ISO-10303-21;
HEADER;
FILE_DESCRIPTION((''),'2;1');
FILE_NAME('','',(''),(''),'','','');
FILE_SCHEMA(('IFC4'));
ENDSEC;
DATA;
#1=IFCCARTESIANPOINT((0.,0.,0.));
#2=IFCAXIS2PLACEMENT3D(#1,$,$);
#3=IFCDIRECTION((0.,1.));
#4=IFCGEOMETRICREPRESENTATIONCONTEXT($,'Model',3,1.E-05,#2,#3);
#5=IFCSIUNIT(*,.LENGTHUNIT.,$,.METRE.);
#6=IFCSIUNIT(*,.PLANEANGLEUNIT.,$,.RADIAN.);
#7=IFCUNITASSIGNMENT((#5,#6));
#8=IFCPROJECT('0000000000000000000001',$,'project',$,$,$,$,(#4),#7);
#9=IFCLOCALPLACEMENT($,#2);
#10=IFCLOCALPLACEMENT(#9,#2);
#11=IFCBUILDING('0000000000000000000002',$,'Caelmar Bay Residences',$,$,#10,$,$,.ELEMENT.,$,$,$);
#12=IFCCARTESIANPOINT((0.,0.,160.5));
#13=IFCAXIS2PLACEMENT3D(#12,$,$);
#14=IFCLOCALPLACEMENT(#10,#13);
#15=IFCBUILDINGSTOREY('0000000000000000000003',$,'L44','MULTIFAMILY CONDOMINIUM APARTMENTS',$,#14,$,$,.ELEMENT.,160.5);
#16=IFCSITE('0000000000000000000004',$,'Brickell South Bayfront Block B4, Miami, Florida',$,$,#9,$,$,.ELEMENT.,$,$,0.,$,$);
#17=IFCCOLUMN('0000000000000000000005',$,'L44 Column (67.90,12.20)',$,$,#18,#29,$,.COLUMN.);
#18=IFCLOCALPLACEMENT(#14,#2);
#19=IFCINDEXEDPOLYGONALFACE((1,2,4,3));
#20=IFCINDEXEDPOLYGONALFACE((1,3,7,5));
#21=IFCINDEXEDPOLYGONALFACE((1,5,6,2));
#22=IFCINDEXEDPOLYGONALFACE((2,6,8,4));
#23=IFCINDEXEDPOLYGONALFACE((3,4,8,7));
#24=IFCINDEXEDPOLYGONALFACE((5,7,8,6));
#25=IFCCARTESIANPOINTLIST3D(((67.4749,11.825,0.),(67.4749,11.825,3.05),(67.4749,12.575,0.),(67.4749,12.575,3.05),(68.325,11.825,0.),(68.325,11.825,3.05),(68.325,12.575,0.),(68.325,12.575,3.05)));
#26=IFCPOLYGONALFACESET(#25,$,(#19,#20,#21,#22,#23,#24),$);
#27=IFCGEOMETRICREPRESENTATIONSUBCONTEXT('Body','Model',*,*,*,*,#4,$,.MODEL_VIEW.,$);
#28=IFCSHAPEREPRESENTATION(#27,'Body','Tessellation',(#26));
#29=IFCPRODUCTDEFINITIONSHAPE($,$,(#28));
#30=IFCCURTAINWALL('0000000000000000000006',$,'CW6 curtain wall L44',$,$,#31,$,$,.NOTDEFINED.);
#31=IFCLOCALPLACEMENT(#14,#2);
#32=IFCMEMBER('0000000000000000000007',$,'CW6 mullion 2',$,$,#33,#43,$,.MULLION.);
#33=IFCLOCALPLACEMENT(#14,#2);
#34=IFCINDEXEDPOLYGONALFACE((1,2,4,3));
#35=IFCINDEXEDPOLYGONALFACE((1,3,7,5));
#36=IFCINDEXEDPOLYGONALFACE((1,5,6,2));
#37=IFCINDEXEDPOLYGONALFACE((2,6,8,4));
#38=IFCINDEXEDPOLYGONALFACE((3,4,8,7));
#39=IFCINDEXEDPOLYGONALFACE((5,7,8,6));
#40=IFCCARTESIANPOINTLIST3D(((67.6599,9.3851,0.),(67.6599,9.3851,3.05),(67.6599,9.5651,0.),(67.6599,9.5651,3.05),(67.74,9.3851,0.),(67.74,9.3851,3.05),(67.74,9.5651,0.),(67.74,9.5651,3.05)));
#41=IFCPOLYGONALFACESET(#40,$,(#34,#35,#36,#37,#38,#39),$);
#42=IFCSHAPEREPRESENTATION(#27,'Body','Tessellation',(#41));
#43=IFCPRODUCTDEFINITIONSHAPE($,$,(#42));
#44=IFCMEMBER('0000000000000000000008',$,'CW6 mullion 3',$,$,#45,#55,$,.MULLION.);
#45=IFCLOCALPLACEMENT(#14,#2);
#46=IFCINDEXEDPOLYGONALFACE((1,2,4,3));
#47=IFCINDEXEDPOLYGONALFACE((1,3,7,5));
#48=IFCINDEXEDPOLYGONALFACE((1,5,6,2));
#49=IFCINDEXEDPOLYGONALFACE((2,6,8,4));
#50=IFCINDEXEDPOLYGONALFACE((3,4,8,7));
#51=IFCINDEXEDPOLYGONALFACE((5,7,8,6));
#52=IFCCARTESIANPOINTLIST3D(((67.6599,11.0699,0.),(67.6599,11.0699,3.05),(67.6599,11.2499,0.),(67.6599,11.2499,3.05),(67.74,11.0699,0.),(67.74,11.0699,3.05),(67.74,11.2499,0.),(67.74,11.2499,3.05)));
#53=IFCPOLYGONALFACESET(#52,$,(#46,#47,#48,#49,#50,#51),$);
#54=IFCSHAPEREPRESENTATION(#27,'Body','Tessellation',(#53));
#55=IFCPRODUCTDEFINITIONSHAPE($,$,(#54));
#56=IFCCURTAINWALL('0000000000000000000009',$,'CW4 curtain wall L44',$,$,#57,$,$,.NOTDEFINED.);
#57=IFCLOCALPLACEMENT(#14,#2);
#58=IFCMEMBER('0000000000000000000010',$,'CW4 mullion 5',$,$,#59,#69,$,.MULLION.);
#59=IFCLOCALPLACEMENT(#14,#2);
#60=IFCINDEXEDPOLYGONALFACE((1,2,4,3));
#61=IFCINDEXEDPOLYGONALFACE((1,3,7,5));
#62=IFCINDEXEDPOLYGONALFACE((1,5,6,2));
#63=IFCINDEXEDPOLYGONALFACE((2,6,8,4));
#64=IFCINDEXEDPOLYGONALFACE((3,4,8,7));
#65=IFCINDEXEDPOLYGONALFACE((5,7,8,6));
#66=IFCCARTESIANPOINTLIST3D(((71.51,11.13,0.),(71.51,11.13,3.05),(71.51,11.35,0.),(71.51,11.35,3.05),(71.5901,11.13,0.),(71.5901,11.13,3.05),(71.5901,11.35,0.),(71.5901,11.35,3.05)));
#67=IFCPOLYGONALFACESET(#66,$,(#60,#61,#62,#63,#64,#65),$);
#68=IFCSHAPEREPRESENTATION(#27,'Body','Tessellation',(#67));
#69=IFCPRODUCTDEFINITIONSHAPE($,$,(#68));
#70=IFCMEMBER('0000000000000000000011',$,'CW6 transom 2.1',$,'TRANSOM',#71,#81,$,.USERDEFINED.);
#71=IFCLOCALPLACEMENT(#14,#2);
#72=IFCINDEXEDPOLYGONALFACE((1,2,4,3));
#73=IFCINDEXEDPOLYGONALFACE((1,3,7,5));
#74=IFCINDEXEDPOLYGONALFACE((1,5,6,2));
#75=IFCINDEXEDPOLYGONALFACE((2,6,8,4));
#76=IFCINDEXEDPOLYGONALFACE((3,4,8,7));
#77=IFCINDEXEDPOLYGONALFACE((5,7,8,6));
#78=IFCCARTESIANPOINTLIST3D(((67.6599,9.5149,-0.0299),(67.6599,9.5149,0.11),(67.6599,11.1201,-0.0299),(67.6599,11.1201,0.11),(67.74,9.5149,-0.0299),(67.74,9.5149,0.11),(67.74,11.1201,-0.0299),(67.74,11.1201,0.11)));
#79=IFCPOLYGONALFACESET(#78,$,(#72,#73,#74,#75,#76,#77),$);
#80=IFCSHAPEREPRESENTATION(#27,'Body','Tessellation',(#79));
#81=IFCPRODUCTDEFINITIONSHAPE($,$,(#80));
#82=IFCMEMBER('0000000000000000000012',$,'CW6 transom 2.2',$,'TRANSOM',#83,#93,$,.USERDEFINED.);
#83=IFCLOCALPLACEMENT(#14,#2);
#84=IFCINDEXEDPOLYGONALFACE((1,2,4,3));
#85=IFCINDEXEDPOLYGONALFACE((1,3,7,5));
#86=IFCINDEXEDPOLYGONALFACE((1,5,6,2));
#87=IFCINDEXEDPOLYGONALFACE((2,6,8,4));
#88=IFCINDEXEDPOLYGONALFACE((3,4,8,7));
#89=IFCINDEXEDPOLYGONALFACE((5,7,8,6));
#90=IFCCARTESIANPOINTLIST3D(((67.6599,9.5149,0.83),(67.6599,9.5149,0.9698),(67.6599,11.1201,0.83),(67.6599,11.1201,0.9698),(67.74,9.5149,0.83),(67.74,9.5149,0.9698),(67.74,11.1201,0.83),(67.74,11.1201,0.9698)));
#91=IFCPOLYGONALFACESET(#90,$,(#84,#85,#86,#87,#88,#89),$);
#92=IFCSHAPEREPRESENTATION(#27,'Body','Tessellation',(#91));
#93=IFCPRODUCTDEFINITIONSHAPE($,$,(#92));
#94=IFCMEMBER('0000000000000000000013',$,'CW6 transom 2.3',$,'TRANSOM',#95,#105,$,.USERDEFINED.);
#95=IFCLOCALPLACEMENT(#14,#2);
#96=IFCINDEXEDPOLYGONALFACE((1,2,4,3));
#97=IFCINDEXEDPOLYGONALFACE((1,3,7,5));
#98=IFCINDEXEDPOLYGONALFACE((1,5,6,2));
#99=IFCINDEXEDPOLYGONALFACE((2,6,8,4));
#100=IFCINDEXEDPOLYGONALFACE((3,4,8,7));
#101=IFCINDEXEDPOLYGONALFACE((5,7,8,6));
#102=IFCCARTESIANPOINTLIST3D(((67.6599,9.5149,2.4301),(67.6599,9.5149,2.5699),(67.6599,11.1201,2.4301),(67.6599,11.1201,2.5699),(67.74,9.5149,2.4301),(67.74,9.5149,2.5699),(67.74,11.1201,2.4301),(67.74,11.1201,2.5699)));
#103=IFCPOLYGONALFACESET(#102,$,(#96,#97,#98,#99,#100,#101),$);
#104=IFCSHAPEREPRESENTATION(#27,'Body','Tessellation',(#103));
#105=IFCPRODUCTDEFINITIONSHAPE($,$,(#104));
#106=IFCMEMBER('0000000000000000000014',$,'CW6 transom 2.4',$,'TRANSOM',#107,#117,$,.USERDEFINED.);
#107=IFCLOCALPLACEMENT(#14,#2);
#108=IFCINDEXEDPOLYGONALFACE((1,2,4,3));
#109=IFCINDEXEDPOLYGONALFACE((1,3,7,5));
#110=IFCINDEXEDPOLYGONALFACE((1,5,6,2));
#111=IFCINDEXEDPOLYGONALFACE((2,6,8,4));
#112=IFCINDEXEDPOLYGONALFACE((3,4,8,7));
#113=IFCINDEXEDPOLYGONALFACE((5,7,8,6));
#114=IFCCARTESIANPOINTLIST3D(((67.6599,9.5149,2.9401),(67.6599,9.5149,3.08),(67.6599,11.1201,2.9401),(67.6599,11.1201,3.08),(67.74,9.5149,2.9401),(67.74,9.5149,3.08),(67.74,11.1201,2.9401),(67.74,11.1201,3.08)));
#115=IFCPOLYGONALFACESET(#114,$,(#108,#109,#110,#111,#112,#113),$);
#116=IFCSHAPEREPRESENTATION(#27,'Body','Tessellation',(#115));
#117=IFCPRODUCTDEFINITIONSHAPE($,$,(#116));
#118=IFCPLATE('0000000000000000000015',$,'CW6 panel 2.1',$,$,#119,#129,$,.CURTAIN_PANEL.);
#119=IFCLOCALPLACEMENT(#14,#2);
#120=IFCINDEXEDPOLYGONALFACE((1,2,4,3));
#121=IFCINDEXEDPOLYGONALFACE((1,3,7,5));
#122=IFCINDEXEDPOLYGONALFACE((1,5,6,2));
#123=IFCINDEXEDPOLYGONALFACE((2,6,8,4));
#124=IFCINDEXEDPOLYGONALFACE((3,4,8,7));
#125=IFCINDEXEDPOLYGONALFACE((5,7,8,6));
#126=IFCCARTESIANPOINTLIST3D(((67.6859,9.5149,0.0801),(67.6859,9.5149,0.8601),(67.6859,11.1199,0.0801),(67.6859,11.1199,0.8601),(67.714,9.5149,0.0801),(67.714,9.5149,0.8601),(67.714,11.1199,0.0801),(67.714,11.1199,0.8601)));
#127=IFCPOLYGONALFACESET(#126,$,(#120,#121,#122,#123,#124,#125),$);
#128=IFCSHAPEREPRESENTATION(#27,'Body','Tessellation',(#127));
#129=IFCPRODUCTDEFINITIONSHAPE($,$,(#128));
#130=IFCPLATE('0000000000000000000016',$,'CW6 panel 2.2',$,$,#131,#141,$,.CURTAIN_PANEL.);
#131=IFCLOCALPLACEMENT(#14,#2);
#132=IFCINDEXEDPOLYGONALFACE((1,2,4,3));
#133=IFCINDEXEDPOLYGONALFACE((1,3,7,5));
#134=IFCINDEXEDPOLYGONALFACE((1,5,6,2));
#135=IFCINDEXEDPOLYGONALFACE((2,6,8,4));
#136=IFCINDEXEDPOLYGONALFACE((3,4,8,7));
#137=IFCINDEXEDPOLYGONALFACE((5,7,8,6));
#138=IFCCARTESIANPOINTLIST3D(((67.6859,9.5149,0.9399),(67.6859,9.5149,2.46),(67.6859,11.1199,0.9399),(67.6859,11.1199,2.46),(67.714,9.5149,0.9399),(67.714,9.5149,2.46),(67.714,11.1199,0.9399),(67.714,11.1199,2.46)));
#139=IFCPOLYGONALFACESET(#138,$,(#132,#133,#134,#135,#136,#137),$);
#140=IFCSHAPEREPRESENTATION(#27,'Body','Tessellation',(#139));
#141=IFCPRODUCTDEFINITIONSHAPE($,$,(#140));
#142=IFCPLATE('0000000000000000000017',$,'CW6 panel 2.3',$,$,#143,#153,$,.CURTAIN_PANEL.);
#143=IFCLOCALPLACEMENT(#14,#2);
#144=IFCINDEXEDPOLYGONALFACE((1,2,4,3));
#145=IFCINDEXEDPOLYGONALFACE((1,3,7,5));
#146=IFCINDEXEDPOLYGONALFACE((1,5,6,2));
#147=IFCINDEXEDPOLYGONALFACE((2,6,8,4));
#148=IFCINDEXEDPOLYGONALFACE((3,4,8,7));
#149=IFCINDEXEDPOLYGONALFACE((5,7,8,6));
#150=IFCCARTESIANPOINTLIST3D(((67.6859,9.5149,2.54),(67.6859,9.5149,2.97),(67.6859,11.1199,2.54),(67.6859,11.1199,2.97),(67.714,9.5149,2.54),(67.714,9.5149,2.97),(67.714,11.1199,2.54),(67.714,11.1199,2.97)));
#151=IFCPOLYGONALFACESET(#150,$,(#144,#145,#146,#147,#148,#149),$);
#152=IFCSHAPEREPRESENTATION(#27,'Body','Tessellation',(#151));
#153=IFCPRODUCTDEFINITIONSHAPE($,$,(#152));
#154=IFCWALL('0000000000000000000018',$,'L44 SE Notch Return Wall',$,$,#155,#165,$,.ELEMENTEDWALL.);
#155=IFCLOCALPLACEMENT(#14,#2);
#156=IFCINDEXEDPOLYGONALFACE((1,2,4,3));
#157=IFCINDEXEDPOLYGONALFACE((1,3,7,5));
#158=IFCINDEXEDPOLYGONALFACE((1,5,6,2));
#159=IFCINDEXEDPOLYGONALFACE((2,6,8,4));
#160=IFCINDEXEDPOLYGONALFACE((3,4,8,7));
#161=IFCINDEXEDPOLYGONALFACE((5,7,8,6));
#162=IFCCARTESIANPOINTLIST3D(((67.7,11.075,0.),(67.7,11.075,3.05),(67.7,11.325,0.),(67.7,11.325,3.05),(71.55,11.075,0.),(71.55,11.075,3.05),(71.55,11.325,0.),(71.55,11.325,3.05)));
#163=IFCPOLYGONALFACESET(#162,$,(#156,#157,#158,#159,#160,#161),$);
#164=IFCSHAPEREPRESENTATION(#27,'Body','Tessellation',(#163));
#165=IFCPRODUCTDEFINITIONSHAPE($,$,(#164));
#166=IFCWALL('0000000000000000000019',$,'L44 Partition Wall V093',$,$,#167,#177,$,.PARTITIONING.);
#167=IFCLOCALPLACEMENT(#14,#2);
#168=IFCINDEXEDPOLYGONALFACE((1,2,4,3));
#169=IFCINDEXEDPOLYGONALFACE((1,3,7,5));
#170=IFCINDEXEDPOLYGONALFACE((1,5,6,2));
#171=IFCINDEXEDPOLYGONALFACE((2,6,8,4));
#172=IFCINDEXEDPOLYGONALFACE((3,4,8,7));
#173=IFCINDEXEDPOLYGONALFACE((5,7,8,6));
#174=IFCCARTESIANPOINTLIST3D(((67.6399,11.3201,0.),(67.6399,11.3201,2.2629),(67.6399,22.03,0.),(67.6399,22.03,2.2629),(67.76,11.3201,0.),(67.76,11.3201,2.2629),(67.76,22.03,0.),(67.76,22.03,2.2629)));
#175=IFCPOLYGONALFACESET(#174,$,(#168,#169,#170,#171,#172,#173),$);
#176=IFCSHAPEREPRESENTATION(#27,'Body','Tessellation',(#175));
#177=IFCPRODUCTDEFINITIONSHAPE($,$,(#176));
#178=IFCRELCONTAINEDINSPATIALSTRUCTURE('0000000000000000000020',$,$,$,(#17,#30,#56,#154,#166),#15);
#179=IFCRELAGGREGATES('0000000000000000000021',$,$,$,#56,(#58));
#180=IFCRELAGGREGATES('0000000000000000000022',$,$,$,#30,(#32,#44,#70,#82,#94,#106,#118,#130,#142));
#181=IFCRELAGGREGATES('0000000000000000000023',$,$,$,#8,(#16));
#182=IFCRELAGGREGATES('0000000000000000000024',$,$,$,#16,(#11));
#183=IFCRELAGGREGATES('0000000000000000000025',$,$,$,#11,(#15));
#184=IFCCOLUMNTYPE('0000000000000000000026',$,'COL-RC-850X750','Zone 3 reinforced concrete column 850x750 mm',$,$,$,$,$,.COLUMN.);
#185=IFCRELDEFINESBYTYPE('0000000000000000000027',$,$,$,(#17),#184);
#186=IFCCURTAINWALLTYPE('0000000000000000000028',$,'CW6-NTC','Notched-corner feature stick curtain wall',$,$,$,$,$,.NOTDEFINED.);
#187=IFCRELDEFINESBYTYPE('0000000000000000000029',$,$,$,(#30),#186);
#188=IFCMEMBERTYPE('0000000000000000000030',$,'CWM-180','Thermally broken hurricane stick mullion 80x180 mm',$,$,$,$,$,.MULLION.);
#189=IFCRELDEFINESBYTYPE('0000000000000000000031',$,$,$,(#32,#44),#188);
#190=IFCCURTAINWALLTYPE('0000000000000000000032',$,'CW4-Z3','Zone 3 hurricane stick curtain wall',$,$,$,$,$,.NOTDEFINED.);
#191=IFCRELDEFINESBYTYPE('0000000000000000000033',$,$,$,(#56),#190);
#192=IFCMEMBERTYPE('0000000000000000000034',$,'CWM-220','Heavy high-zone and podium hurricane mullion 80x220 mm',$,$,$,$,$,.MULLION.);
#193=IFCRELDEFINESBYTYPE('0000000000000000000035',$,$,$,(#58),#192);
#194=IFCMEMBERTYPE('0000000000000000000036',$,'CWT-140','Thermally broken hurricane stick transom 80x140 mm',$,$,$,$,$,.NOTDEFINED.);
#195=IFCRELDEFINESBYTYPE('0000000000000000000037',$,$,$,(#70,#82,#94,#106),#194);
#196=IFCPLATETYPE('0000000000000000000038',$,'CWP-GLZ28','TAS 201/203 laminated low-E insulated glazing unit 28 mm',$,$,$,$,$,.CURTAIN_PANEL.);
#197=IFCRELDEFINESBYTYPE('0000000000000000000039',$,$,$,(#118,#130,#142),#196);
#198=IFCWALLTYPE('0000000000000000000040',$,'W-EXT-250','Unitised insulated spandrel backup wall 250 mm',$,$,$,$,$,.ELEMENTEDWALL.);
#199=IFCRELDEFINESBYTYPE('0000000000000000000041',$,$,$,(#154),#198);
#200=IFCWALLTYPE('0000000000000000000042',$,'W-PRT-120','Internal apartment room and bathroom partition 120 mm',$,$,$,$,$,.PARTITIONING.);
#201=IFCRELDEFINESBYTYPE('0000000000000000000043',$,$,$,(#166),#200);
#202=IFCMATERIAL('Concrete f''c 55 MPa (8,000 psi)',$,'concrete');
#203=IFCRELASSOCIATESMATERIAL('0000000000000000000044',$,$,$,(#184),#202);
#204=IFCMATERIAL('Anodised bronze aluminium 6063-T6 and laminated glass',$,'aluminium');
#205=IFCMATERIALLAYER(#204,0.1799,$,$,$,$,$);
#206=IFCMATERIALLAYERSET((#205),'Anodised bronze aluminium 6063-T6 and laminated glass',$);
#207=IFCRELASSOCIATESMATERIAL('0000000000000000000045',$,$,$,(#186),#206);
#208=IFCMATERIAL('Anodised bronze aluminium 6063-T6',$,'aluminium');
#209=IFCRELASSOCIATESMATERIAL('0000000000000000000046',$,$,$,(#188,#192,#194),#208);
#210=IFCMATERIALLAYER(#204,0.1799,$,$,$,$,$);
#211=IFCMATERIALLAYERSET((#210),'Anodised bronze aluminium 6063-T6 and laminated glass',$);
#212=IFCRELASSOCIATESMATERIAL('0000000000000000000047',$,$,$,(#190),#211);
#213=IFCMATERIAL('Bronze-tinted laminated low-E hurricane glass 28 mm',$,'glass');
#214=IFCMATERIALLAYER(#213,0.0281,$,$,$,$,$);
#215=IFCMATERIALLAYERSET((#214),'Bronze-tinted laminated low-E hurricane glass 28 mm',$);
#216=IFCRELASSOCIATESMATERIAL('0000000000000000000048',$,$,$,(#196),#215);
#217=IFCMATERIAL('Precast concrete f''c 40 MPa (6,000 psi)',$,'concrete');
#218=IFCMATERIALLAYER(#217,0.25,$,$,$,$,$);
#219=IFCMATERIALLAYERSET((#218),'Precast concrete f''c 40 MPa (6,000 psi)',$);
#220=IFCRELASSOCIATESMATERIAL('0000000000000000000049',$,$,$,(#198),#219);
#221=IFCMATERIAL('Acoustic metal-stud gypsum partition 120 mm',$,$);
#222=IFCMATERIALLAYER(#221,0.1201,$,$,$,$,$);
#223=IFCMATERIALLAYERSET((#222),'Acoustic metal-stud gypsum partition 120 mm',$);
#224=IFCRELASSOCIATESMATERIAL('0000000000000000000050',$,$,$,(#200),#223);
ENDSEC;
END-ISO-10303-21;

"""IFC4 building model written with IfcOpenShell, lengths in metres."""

from ifc_helpers import new_model, si_unit, direction, frame, frame_2d, origin, origin_2d, place, context, subcontext, project, spatial, rectangle, extrude, material, layer, layer_set, material_profile, profile_set, type_object, element, aggregate, save


model = new_model("IFC4")

# Units and contexts
model_context = context("Model", 3, precision=1e-05, world=origin(), true_north=direction((0.0, 1.0)))
body_context = subcontext(model_context, "Body", "Model", "MODEL_VIEW")
ifc_project = project(units=[si_unit("LENGTHUNIT", "METRE"), si_unit("PLANEANGLEUNIT", "RADIAN")], contexts=[model_context])

# Site, building, storey
site_placement = place(None, origin())
site = spatial("IfcSite", under=ifc_project, at=site_placement, Name="Brickell South Bayfront Block B4, Miami, Florida", CompositionType="ELEMENT", RefElevation=0.0)
building_placement = place(site_placement, origin())
building = spatial("IfcBuilding", under=site, at=building_placement, Name="Caelmar Bay Residences", CompositionType="ELEMENT")
storey_placement = place(building_placement, frame((0.0, 0.0, 160.5)))
storey = spatial("IfcBuildingStorey", under=building, at=storey_placement, Name="L44", Description="MULTIFAMILY CONDOMINIUM APARTMENTS", CompositionType="ELEMENT", Elevation=160.5)

# Column
ifc_material_1 = material(Name="Concrete f'c 55 MPa (8,000 psi)", Category="concrete")
ifc_material_profile_1 = material_profile(ifc_material_1, rectangle(XDim=0.8501, YDim=0.75, at=origin_2d()), Name="RC-COL-850X750")
ifc_profile_set_1 = profile_set([ifc_material_profile_1], Name="Concrete f'c 55 MPa (8,000 psi)")
column_type = type_object("IfcColumnType", Name="COL-RC-850X750", Description="Zone 3 reinforced concrete column 850x750 mm", PredefinedType="COLUMN", material=ifc_profile_set_1)
column_placement = place(storey_placement, frame((67.8999, 12.2, 0.0), z_axis=(0.0, 0.0, 1.0), x_axis=(1.0, 0.0, 0.0)))
element("IfcColumn", 1, at=column_placement, inside=storey, type_object=column_type, Name="L44 Column (67.90,12.20)", PredefinedType="COLUMN", context=body_context, shape_type="SweptSolid", body=[
    extrude(rectangle(XDim=0.8501, YDim=0.75, at=origin_2d()), origin(), (0.0, 0.0, 1.0), 3.05),
])

# Curtain wall, members
ifc_material_2 = material(Name="Anodised bronze aluminium 6063-T6 and laminated glass", Category="aluminium")
ifc_layer_1 = layer(ifc_material_2, 0.1799)
ifc_layer_set_1 = layer_set([ifc_layer_1], Name="Anodised bronze aluminium 6063-T6 and laminated glass")
curtain_wall_type_1 = type_object("IfcCurtainWallType", Name="CW6-NTC", Description="Notched-corner feature stick curtain wall", PredefinedType="NOTDEFINED", material=ifc_layer_set_1)
curtain_wall_1_placement = place(storey_placement, origin())
curtain_wall_1 = element("IfcCurtainWall", 2, at=curtain_wall_1_placement, inside=storey, type_object=curtain_wall_type_1, Name="CW6 curtain wall L44", PredefinedType="NOTDEFINED")
ifc_material_3 = material(Name="Anodised bronze aluminium 6063-T6", Category="aluminium")
ifc_material_profile_2 = material_profile(ifc_material_3, rectangle(XDim=0.0801, YDim=0.1799, at=origin_2d()), Name="CWM-80X180")
ifc_profile_set_2 = profile_set([ifc_material_profile_2], Name="Anodised bronze aluminium 6063-T6")
member_type_1 = type_object("IfcMemberType", Name="CWM-180", Description="Thermally broken hurricane stick mullion 80x180 mm", PredefinedType="MULLION", material=ifc_profile_set_2)
member_1_placement = place(storey_placement, frame((67.7, 9.4751, 0.0), z_axis=(0.0, 0.0, 1.0), x_axis=(-1.0, 0.0, 0.0)))
member_1 = element("IfcMember", 3, at=member_1_placement, type_object=member_type_1, Name="CW6 mullion 2", PredefinedType="MULLION", context=body_context, shape_type="SweptSolid", body=[
    extrude(rectangle(XDim=0.0801, YDim=0.1799, at=origin_2d()), origin(), (0.0, 0.0, 1.0), 3.05),
])
member_2_placement = place(storey_placement, frame((67.7, 11.1599, 0.0), z_axis=(0.0, 0.0, 1.0), x_axis=(-1.0, 0.0, 0.0)))
member_2 = element("IfcMember", 4, at=member_2_placement, type_object=member_type_1, Name="CW6 mullion 3", PredefinedType="MULLION", context=body_context, shape_type="SweptSolid", body=[
    extrude(rectangle(XDim=0.0801, YDim=0.1799, at=origin_2d()), origin(), (0.0, 0.0, 1.0), 3.05),
])

# Curtain wall, member
ifc_layer_2 = layer(ifc_material_2, 0.1799)
ifc_layer_set_2 = layer_set([ifc_layer_2], Name="Anodised bronze aluminium 6063-T6 and laminated glass")
curtain_wall_type_2 = type_object("IfcCurtainWallType", Name="CW4-Z3", Description="Zone 3 hurricane stick curtain wall", PredefinedType="NOTDEFINED", material=ifc_layer_set_2)
curtain_wall_2_placement = place(storey_placement, origin())
curtain_wall_2 = element("IfcCurtainWall", 5, at=curtain_wall_2_placement, inside=storey, type_object=curtain_wall_type_2, Name="CW4 curtain wall L44", PredefinedType="NOTDEFINED")
ifc_material_profile_3 = material_profile(ifc_material_3, rectangle(XDim=0.0801, YDim=0.22, at=origin_2d()), Name="CWM-80X220")
ifc_profile_set_3 = profile_set([ifc_material_profile_3], Name="Anodised bronze aluminium 6063-T6")
member_type_2 = type_object("IfcMemberType", Name="CWM-220", Description="Heavy high-zone and podium hurricane mullion 80x220 mm", PredefinedType="MULLION", material=ifc_profile_set_3)
member_3_placement = place(storey_placement, frame((71.55, 11.24, 0.0), z_axis=(0.0, 0.0, 1.0), x_axis=(1.0, 0.0, 0.0)))
member_3 = element("IfcMember", 6, at=member_3_placement, type_object=member_type_2, Name="CW4 mullion 5", PredefinedType="MULLION", context=body_context, shape_type="SweptSolid", body=[
    extrude(rectangle(XDim=0.0801, YDim=0.22, at=origin_2d()), origin(), (0.0, 0.0, 1.0), 3.05),
])
aggregate(curtain_wall_2, [member_3])

# Members
ifc_material_profile_4 = material_profile(ifc_material_3, rectangle(XDim=0.0801, YDim=0.1399, at=origin_2d()), Name="CWT-80X140")
ifc_profile_set_4 = profile_set([ifc_material_profile_4], Name="Anodised bronze aluminium 6063-T6")
member_type_3 = type_object("IfcMemberType", Name="CWT-140", Description="Thermally broken hurricane stick transom 80x140 mm", PredefinedType="NOTDEFINED", material=ifc_profile_set_4)
member_4_placement = place(storey_placement, frame((67.7, 9.5149, 0.04), z_axis=(0.0, 1.0, 0.0), x_axis=(-1.0, 0.0, 0.0)))
member_4 = element("IfcMember", 7, at=member_4_placement, type_object=member_type_3, Name="CW6 transom 2.1", ObjectType="TRANSOM", PredefinedType="USERDEFINED", context=body_context, shape_type="SweptSolid", body=[
    extrude(rectangle(XDim=0.0801, YDim=0.1399, at=origin_2d()), origin(), (0.0, 0.0, 1.0), 1.6052),
])
member_5_placement = place(storey_placement, frame((67.7, 9.5149, 0.8999), z_axis=(0.0, 1.0, 0.0), x_axis=(-1.0, 0.0, 0.0)))
member_5 = element("IfcMember", 8, at=member_5_placement, type_object=member_type_3, Name="CW6 transom 2.2", ObjectType="TRANSOM", PredefinedType="USERDEFINED", context=body_context, shape_type="SweptSolid", body=[
    extrude(rectangle(XDim=0.0801, YDim=0.1399, at=origin_2d()), origin(), (0.0, 0.0, 1.0), 1.6052),
])
member_6_placement = place(storey_placement, frame((67.7, 9.5149, 2.5), z_axis=(0.0, 1.0, 0.0), x_axis=(-1.0, 0.0, 0.0)))
member_6 = element("IfcMember", 9, at=member_6_placement, type_object=member_type_3, Name="CW6 transom 2.3", ObjectType="TRANSOM", PredefinedType="USERDEFINED", context=body_context, shape_type="SweptSolid", body=[
    extrude(rectangle(XDim=0.0801, YDim=0.1399, at=origin_2d()), origin(), (0.0, 0.0, 1.0), 1.6052),
])
member_7_placement = place(storey_placement, frame((67.7, 9.5149, 3.01), z_axis=(0.0, 1.0, 0.0), x_axis=(-1.0, 0.0, 0.0)))
member_7 = element("IfcMember", 10, at=member_7_placement, type_object=member_type_3, Name="CW6 transom 2.4", ObjectType="TRANSOM", PredefinedType="USERDEFINED", context=body_context, shape_type="SweptSolid", body=[
    extrude(rectangle(XDim=0.0801, YDim=0.1399, at=origin_2d()), origin(), (0.0, 0.0, 1.0), 1.6052),
])

# Plates
ifc_material_4 = material(Name="Bronze-tinted laminated low-E hurricane glass 28 mm", Category="glass")
ifc_layer_3 = layer(ifc_material_4, 0.0281)
ifc_layer_set_3 = layer_set([ifc_layer_3], Name="Bronze-tinted laminated low-E hurricane glass 28 mm")
plate_type = type_object("IfcPlateType", Name="CWP-GLZ28", Description="TAS 201/203 laminated low-E insulated glazing unit 28 mm", PredefinedType="CURTAIN_PANEL", material=ifc_layer_set_3)
plate_1_placement = place(storey_placement, frame((67.7, 10.3174, 0.0801), z_axis=(0.0, 0.0, 1.0), x_axis=(0.0, 1.0, 0.0)))
plate_1 = element("IfcPlate", 11, at=plate_1_placement, type_object=plate_type, Name="CW6 panel 2.1", PredefinedType="CURTAIN_PANEL", context=body_context, shape_type="SweptSolid", body=[
    extrude(rectangle(XDim=1.605, YDim=0.0281, at=origin_2d()), origin(), (0.0, 0.0, 1.0), 0.78),
])
plate_2_placement = place(storey_placement, frame((67.7, 10.3174, 0.9399), z_axis=(0.0, 0.0, 1.0), x_axis=(0.0, 1.0, 0.0)))
plate_2 = element("IfcPlate", 12, at=plate_2_placement, type_object=plate_type, Name="CW6 panel 2.2", PredefinedType="CURTAIN_PANEL", context=body_context, shape_type="SweptSolid", body=[
    extrude(rectangle(XDim=1.605, YDim=0.0281, at=origin_2d()), origin(), (0.0, 0.0, 1.0), 1.52),
])
plate_3_placement = place(storey_placement, frame((67.7, 10.3174, 2.54), z_axis=(0.0, 0.0, 1.0), x_axis=(0.0, 1.0, 0.0)))
plate_3 = element("IfcPlate", 13, at=plate_3_placement, type_object=plate_type, Name="CW6 panel 2.3", PredefinedType="CURTAIN_PANEL", context=body_context, shape_type="SweptSolid", body=[
    extrude(rectangle(XDim=1.605, YDim=0.0281, at=origin_2d()), origin(), (0.0, 0.0, 1.0), 0.4299),
])
aggregate(curtain_wall_1, [member_1, member_2, member_4, member_5, member_6, member_7, plate_1, plate_2, plate_3])

# Walls
ifc_material_5 = material(Name="Precast concrete f'c 40 MPa (6,000 psi)", Category="concrete")
ifc_layer_4 = layer(ifc_material_5, 0.25)
ifc_layer_set_4 = layer_set([ifc_layer_4], Name="Precast concrete f'c 40 MPa (6,000 psi)")
wall_type_1 = type_object("IfcWallType", Name="W-EXT-250", Description="Unitised insulated spandrel backup wall 250 mm", PredefinedType="ELEMENTEDWALL", material=ifc_layer_set_4)
wall_1_placement = place(storey_placement, frame((67.7, 11.2, 0.0), z_axis=(0.0, 0.0, 1.0), x_axis=(1.0, 0.0, 0.0)))
element("IfcWall", 14, at=wall_1_placement, inside=storey, type_object=wall_type_1, Name="L44 SE Notch Return Wall", PredefinedType="ELEMENTEDWALL", context=body_context, shape_type="SweptSolid", body=[
    extrude(rectangle(XDim=3.8501, YDim=0.25, at=frame_2d((1.925, 0.0))), origin(), (0.0, 0.0, 1.0), 3.05),
])
ifc_material_6 = material(Name="Acoustic metal-stud gypsum partition 120 mm")
ifc_layer_5 = layer(ifc_material_6, 0.1201)
ifc_layer_set_5 = layer_set([ifc_layer_5], Name="Acoustic metal-stud gypsum partition 120 mm")
wall_type_2 = type_object("IfcWallType", Name="W-PRT-120", Description="Internal apartment room and bathroom partition 120 mm", PredefinedType="PARTITIONING", material=ifc_layer_set_5)
wall_2_placement = place(storey_placement, frame((67.7, 11.3201, 0.0), z_axis=(0.0, 0.0, 1.0), x_axis=(0.0, 1.0, 0.0)))
element("IfcWall", 15, at=wall_2_placement, inside=storey, type_object=wall_type_2, Name="L44 Partition Wall V093", PredefinedType="PARTITIONING", context=body_context, shape_type="SweptSolid", body=[
    extrude(rectangle(XDim=10.71, YDim=0.1201, at=frame_2d((5.355, 0.0))), origin(), (0.0, 0.0, 1.0), 2.2629),
])

save(model, "model.ifc")
